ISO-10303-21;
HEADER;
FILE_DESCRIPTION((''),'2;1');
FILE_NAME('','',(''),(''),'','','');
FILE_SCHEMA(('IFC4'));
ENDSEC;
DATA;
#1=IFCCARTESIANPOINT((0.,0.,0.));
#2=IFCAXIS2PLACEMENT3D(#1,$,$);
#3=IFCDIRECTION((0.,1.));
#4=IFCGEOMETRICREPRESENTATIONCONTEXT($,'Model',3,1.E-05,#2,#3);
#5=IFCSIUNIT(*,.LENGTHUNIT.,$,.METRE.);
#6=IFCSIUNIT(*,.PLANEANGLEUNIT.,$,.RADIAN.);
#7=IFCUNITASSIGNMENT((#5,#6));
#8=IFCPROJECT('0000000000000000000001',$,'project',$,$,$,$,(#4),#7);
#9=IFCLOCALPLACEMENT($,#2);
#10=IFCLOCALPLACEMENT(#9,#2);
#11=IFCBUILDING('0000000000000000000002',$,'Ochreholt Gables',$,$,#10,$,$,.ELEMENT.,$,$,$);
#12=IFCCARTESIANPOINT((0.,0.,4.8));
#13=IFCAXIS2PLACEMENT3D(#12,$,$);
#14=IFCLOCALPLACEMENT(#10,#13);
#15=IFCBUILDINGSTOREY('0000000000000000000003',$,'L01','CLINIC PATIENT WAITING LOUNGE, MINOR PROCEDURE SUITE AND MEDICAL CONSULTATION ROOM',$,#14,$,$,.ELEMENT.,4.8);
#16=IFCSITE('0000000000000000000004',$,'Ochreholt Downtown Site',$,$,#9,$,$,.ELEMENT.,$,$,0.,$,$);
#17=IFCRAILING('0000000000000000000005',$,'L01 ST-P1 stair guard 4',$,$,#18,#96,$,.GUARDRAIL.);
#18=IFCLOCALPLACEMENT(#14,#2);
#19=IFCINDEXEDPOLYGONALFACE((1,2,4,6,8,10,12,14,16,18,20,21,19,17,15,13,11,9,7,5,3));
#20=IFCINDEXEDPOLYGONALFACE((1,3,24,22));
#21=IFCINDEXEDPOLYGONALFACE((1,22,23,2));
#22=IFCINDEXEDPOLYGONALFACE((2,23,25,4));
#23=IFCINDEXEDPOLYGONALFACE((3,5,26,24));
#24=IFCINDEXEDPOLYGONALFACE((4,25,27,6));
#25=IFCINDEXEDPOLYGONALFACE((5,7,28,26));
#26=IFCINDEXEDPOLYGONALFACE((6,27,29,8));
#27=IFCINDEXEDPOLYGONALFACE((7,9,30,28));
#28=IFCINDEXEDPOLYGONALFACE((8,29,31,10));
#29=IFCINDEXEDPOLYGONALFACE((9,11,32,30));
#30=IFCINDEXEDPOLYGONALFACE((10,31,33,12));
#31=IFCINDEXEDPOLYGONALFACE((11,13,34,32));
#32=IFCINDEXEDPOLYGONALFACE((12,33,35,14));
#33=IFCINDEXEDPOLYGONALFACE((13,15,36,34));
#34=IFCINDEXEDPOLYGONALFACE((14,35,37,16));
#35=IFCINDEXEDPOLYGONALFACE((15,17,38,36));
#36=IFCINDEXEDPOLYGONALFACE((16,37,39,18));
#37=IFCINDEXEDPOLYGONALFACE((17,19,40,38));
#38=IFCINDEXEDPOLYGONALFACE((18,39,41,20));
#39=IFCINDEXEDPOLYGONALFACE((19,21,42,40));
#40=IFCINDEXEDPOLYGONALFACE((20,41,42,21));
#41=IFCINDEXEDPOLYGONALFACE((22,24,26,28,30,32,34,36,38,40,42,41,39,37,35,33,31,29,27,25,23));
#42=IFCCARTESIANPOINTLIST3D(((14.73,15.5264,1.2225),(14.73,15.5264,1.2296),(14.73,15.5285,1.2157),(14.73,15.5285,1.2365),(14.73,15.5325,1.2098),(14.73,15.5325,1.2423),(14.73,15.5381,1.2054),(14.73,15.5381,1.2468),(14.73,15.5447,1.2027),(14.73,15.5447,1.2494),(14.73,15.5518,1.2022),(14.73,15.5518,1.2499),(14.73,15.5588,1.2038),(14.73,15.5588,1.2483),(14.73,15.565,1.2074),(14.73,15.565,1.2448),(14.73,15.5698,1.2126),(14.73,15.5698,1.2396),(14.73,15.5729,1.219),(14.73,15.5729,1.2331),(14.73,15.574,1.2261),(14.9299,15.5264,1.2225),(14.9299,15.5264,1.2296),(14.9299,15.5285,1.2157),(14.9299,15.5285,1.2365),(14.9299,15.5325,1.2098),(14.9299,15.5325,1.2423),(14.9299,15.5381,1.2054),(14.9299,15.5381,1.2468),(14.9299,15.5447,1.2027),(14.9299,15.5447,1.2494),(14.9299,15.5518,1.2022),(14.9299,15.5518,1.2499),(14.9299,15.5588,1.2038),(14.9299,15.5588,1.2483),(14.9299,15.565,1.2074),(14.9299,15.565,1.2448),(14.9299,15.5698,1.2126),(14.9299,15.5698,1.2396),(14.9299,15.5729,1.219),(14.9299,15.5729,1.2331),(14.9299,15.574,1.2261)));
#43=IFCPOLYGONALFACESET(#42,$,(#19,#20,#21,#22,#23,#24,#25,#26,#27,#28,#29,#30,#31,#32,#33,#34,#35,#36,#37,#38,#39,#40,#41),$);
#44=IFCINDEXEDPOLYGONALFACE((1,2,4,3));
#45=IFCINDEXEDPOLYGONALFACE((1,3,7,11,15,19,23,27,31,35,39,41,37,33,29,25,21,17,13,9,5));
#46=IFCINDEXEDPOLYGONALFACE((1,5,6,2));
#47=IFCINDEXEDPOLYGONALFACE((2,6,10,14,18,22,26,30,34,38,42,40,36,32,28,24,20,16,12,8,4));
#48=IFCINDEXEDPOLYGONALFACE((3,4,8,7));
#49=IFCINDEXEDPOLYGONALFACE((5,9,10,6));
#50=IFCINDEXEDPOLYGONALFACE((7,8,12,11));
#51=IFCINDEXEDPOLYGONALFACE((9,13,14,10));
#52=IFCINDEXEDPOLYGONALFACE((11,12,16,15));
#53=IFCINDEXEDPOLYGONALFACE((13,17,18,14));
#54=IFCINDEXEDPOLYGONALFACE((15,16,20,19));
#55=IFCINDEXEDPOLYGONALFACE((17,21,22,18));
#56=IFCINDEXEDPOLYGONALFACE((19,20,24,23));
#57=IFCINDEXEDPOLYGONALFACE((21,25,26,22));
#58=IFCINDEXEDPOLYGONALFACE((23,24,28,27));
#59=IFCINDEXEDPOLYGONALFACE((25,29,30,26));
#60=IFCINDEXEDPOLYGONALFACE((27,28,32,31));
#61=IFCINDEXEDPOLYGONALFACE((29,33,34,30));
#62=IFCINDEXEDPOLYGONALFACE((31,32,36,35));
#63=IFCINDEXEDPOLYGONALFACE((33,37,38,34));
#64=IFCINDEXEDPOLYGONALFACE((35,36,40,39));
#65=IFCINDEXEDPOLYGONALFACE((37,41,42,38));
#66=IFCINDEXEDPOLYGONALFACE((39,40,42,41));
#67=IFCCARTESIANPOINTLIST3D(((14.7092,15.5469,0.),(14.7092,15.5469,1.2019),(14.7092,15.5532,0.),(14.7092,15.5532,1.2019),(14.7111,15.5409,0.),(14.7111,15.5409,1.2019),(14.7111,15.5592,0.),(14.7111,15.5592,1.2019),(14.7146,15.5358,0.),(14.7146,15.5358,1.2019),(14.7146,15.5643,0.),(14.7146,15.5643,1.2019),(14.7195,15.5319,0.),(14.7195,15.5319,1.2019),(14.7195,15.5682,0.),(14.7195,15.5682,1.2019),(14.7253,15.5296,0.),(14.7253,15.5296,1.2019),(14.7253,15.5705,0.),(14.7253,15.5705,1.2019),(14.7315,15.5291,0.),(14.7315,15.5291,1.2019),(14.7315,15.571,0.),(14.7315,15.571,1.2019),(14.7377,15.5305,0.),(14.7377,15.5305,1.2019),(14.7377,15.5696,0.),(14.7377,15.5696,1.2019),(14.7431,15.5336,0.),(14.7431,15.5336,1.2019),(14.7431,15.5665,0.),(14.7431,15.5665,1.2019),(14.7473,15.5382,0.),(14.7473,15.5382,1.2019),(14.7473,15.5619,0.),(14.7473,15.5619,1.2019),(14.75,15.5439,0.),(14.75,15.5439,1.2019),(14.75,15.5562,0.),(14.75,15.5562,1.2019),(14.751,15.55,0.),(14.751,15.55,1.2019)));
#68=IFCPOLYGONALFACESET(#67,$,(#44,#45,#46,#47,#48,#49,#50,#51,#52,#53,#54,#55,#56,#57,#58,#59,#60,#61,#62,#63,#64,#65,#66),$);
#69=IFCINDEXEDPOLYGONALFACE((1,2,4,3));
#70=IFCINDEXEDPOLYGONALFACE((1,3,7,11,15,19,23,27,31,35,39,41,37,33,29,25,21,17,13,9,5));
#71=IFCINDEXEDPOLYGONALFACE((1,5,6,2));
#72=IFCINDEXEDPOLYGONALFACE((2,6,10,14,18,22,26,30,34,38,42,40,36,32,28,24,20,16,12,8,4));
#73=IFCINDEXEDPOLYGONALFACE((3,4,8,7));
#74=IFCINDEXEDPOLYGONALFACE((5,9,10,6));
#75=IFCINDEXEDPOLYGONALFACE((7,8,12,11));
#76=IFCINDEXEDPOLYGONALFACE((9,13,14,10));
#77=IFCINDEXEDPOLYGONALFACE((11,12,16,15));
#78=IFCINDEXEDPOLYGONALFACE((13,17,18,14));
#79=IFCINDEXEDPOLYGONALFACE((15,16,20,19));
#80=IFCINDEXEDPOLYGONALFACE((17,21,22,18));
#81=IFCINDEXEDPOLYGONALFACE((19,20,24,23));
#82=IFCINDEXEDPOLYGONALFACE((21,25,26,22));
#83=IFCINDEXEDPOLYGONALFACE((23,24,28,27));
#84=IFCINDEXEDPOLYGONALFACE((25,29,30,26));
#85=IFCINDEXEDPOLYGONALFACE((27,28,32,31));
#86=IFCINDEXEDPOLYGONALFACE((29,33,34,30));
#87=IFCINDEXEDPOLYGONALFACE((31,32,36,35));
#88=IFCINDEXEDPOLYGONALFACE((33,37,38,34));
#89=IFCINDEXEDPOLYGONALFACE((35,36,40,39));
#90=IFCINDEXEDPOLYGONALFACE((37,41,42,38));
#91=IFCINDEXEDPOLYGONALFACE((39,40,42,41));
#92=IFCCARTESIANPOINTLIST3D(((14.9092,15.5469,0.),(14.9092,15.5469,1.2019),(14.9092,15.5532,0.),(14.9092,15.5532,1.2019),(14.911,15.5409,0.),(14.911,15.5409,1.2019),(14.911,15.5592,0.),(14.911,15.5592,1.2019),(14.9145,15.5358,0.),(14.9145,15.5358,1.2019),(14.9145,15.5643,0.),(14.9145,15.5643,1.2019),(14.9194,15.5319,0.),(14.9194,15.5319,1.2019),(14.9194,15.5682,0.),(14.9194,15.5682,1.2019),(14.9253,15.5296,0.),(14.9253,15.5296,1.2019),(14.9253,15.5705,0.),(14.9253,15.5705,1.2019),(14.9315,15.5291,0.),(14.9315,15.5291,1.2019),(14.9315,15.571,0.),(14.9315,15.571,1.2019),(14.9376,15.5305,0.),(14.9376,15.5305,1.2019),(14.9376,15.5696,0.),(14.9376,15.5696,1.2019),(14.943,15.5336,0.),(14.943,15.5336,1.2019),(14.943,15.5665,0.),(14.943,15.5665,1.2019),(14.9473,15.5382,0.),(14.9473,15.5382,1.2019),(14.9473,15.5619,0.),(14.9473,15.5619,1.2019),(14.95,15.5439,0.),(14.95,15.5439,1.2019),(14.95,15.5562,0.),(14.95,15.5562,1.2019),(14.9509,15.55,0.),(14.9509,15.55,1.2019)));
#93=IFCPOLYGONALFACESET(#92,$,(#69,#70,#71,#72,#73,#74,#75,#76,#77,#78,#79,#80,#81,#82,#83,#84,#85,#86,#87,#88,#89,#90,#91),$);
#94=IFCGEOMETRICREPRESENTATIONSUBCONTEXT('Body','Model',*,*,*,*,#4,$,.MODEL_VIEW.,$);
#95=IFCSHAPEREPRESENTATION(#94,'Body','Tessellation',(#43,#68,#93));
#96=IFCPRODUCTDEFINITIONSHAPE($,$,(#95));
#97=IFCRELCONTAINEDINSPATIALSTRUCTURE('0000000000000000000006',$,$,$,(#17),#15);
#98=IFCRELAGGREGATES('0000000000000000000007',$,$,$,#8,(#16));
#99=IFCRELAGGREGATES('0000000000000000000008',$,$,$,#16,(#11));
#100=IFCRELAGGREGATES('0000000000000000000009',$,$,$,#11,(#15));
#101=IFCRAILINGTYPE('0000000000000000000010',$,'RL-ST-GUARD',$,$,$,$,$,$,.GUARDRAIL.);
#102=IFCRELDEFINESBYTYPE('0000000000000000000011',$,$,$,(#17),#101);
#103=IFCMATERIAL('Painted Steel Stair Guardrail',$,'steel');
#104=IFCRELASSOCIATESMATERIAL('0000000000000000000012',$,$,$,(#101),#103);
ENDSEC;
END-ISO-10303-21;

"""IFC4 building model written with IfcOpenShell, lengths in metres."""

from ifc_helpers import new_model, si_unit, direction, frame, origin, origin_2d, place, context, subcontext, project, spatial, circle, extrude, material, type_object, element, save


model = new_model("IFC4")

# Units and contexts
model_context = context("Model", 3, precision=1e-05, world=origin(), true_north=direction((0.0, 1.0)))
body_context = subcontext(model_context, "Body", "Model", "MODEL_VIEW")
ifc_project = project(units=[si_unit("LENGTHUNIT", "METRE"), si_unit("PLANEANGLEUNIT", "RADIAN")], contexts=[model_context])

# Site, building, storey
site_placement = place(None, origin())
site = spatial("IfcSite", under=ifc_project, at=site_placement, Name="Ochreholt Downtown Site", CompositionType="ELEMENT", RefElevation=0.0)
building_placement = place(site_placement, origin())
building = spatial("IfcBuilding", under=site, at=building_placement, Name="Ochreholt Gables", CompositionType="ELEMENT")
storey_placement = place(building_placement, frame((0.0, 0.0, 4.8)))
storey = spatial("IfcBuildingStorey", under=building, at=storey_placement, Name="L01", Description="CLINIC PATIENT WAITING LOUNGE, MINOR PROCEDURE SUITE AND MEDICAL CONSULTATION ROOM", CompositionType="ELEMENT", Elevation=4.8)

# Railing
ifc_material_1 = material(Name="Painted Steel Stair Guardrail", Category="steel")
railing_type_1 = type_object("IfcRailingType", Name="RL-ST-GUARD", PredefinedType="GUARDRAIL", material=ifc_material_1)
railing_1_placement = place(storey_placement, frame((14.73, 15.55, 0.0)))
element("IfcRailing", 1, at=railing_1_placement, inside=storey, type_object=railing_type_1, Name="L01 ST-P1 stair guard 4", PredefinedType="GUARDRAIL", context=body_context, shape_type="SweptSolid", body=[
    extrude(circle(Radius=0.0239, at=origin_2d()), frame((0.0, 0.0, 1.2261), z_axis=(1.0, 0.0, 0.0), x_axis=(0.0, 1.0, 0.0)), (0.0, 0.0, 1.0), 0.2),
    extrude(circle(Radius=0.021, at=origin_2d()), origin(), (0.0, 0.0, 1.0), 1.2019),
    extrude(circle(Radius=0.021, at=origin_2d()), frame((0.2, 0.0, 0.0)), (0.0, 0.0, 1.0), 1.2019),
])

save(model, "model.ifc")
